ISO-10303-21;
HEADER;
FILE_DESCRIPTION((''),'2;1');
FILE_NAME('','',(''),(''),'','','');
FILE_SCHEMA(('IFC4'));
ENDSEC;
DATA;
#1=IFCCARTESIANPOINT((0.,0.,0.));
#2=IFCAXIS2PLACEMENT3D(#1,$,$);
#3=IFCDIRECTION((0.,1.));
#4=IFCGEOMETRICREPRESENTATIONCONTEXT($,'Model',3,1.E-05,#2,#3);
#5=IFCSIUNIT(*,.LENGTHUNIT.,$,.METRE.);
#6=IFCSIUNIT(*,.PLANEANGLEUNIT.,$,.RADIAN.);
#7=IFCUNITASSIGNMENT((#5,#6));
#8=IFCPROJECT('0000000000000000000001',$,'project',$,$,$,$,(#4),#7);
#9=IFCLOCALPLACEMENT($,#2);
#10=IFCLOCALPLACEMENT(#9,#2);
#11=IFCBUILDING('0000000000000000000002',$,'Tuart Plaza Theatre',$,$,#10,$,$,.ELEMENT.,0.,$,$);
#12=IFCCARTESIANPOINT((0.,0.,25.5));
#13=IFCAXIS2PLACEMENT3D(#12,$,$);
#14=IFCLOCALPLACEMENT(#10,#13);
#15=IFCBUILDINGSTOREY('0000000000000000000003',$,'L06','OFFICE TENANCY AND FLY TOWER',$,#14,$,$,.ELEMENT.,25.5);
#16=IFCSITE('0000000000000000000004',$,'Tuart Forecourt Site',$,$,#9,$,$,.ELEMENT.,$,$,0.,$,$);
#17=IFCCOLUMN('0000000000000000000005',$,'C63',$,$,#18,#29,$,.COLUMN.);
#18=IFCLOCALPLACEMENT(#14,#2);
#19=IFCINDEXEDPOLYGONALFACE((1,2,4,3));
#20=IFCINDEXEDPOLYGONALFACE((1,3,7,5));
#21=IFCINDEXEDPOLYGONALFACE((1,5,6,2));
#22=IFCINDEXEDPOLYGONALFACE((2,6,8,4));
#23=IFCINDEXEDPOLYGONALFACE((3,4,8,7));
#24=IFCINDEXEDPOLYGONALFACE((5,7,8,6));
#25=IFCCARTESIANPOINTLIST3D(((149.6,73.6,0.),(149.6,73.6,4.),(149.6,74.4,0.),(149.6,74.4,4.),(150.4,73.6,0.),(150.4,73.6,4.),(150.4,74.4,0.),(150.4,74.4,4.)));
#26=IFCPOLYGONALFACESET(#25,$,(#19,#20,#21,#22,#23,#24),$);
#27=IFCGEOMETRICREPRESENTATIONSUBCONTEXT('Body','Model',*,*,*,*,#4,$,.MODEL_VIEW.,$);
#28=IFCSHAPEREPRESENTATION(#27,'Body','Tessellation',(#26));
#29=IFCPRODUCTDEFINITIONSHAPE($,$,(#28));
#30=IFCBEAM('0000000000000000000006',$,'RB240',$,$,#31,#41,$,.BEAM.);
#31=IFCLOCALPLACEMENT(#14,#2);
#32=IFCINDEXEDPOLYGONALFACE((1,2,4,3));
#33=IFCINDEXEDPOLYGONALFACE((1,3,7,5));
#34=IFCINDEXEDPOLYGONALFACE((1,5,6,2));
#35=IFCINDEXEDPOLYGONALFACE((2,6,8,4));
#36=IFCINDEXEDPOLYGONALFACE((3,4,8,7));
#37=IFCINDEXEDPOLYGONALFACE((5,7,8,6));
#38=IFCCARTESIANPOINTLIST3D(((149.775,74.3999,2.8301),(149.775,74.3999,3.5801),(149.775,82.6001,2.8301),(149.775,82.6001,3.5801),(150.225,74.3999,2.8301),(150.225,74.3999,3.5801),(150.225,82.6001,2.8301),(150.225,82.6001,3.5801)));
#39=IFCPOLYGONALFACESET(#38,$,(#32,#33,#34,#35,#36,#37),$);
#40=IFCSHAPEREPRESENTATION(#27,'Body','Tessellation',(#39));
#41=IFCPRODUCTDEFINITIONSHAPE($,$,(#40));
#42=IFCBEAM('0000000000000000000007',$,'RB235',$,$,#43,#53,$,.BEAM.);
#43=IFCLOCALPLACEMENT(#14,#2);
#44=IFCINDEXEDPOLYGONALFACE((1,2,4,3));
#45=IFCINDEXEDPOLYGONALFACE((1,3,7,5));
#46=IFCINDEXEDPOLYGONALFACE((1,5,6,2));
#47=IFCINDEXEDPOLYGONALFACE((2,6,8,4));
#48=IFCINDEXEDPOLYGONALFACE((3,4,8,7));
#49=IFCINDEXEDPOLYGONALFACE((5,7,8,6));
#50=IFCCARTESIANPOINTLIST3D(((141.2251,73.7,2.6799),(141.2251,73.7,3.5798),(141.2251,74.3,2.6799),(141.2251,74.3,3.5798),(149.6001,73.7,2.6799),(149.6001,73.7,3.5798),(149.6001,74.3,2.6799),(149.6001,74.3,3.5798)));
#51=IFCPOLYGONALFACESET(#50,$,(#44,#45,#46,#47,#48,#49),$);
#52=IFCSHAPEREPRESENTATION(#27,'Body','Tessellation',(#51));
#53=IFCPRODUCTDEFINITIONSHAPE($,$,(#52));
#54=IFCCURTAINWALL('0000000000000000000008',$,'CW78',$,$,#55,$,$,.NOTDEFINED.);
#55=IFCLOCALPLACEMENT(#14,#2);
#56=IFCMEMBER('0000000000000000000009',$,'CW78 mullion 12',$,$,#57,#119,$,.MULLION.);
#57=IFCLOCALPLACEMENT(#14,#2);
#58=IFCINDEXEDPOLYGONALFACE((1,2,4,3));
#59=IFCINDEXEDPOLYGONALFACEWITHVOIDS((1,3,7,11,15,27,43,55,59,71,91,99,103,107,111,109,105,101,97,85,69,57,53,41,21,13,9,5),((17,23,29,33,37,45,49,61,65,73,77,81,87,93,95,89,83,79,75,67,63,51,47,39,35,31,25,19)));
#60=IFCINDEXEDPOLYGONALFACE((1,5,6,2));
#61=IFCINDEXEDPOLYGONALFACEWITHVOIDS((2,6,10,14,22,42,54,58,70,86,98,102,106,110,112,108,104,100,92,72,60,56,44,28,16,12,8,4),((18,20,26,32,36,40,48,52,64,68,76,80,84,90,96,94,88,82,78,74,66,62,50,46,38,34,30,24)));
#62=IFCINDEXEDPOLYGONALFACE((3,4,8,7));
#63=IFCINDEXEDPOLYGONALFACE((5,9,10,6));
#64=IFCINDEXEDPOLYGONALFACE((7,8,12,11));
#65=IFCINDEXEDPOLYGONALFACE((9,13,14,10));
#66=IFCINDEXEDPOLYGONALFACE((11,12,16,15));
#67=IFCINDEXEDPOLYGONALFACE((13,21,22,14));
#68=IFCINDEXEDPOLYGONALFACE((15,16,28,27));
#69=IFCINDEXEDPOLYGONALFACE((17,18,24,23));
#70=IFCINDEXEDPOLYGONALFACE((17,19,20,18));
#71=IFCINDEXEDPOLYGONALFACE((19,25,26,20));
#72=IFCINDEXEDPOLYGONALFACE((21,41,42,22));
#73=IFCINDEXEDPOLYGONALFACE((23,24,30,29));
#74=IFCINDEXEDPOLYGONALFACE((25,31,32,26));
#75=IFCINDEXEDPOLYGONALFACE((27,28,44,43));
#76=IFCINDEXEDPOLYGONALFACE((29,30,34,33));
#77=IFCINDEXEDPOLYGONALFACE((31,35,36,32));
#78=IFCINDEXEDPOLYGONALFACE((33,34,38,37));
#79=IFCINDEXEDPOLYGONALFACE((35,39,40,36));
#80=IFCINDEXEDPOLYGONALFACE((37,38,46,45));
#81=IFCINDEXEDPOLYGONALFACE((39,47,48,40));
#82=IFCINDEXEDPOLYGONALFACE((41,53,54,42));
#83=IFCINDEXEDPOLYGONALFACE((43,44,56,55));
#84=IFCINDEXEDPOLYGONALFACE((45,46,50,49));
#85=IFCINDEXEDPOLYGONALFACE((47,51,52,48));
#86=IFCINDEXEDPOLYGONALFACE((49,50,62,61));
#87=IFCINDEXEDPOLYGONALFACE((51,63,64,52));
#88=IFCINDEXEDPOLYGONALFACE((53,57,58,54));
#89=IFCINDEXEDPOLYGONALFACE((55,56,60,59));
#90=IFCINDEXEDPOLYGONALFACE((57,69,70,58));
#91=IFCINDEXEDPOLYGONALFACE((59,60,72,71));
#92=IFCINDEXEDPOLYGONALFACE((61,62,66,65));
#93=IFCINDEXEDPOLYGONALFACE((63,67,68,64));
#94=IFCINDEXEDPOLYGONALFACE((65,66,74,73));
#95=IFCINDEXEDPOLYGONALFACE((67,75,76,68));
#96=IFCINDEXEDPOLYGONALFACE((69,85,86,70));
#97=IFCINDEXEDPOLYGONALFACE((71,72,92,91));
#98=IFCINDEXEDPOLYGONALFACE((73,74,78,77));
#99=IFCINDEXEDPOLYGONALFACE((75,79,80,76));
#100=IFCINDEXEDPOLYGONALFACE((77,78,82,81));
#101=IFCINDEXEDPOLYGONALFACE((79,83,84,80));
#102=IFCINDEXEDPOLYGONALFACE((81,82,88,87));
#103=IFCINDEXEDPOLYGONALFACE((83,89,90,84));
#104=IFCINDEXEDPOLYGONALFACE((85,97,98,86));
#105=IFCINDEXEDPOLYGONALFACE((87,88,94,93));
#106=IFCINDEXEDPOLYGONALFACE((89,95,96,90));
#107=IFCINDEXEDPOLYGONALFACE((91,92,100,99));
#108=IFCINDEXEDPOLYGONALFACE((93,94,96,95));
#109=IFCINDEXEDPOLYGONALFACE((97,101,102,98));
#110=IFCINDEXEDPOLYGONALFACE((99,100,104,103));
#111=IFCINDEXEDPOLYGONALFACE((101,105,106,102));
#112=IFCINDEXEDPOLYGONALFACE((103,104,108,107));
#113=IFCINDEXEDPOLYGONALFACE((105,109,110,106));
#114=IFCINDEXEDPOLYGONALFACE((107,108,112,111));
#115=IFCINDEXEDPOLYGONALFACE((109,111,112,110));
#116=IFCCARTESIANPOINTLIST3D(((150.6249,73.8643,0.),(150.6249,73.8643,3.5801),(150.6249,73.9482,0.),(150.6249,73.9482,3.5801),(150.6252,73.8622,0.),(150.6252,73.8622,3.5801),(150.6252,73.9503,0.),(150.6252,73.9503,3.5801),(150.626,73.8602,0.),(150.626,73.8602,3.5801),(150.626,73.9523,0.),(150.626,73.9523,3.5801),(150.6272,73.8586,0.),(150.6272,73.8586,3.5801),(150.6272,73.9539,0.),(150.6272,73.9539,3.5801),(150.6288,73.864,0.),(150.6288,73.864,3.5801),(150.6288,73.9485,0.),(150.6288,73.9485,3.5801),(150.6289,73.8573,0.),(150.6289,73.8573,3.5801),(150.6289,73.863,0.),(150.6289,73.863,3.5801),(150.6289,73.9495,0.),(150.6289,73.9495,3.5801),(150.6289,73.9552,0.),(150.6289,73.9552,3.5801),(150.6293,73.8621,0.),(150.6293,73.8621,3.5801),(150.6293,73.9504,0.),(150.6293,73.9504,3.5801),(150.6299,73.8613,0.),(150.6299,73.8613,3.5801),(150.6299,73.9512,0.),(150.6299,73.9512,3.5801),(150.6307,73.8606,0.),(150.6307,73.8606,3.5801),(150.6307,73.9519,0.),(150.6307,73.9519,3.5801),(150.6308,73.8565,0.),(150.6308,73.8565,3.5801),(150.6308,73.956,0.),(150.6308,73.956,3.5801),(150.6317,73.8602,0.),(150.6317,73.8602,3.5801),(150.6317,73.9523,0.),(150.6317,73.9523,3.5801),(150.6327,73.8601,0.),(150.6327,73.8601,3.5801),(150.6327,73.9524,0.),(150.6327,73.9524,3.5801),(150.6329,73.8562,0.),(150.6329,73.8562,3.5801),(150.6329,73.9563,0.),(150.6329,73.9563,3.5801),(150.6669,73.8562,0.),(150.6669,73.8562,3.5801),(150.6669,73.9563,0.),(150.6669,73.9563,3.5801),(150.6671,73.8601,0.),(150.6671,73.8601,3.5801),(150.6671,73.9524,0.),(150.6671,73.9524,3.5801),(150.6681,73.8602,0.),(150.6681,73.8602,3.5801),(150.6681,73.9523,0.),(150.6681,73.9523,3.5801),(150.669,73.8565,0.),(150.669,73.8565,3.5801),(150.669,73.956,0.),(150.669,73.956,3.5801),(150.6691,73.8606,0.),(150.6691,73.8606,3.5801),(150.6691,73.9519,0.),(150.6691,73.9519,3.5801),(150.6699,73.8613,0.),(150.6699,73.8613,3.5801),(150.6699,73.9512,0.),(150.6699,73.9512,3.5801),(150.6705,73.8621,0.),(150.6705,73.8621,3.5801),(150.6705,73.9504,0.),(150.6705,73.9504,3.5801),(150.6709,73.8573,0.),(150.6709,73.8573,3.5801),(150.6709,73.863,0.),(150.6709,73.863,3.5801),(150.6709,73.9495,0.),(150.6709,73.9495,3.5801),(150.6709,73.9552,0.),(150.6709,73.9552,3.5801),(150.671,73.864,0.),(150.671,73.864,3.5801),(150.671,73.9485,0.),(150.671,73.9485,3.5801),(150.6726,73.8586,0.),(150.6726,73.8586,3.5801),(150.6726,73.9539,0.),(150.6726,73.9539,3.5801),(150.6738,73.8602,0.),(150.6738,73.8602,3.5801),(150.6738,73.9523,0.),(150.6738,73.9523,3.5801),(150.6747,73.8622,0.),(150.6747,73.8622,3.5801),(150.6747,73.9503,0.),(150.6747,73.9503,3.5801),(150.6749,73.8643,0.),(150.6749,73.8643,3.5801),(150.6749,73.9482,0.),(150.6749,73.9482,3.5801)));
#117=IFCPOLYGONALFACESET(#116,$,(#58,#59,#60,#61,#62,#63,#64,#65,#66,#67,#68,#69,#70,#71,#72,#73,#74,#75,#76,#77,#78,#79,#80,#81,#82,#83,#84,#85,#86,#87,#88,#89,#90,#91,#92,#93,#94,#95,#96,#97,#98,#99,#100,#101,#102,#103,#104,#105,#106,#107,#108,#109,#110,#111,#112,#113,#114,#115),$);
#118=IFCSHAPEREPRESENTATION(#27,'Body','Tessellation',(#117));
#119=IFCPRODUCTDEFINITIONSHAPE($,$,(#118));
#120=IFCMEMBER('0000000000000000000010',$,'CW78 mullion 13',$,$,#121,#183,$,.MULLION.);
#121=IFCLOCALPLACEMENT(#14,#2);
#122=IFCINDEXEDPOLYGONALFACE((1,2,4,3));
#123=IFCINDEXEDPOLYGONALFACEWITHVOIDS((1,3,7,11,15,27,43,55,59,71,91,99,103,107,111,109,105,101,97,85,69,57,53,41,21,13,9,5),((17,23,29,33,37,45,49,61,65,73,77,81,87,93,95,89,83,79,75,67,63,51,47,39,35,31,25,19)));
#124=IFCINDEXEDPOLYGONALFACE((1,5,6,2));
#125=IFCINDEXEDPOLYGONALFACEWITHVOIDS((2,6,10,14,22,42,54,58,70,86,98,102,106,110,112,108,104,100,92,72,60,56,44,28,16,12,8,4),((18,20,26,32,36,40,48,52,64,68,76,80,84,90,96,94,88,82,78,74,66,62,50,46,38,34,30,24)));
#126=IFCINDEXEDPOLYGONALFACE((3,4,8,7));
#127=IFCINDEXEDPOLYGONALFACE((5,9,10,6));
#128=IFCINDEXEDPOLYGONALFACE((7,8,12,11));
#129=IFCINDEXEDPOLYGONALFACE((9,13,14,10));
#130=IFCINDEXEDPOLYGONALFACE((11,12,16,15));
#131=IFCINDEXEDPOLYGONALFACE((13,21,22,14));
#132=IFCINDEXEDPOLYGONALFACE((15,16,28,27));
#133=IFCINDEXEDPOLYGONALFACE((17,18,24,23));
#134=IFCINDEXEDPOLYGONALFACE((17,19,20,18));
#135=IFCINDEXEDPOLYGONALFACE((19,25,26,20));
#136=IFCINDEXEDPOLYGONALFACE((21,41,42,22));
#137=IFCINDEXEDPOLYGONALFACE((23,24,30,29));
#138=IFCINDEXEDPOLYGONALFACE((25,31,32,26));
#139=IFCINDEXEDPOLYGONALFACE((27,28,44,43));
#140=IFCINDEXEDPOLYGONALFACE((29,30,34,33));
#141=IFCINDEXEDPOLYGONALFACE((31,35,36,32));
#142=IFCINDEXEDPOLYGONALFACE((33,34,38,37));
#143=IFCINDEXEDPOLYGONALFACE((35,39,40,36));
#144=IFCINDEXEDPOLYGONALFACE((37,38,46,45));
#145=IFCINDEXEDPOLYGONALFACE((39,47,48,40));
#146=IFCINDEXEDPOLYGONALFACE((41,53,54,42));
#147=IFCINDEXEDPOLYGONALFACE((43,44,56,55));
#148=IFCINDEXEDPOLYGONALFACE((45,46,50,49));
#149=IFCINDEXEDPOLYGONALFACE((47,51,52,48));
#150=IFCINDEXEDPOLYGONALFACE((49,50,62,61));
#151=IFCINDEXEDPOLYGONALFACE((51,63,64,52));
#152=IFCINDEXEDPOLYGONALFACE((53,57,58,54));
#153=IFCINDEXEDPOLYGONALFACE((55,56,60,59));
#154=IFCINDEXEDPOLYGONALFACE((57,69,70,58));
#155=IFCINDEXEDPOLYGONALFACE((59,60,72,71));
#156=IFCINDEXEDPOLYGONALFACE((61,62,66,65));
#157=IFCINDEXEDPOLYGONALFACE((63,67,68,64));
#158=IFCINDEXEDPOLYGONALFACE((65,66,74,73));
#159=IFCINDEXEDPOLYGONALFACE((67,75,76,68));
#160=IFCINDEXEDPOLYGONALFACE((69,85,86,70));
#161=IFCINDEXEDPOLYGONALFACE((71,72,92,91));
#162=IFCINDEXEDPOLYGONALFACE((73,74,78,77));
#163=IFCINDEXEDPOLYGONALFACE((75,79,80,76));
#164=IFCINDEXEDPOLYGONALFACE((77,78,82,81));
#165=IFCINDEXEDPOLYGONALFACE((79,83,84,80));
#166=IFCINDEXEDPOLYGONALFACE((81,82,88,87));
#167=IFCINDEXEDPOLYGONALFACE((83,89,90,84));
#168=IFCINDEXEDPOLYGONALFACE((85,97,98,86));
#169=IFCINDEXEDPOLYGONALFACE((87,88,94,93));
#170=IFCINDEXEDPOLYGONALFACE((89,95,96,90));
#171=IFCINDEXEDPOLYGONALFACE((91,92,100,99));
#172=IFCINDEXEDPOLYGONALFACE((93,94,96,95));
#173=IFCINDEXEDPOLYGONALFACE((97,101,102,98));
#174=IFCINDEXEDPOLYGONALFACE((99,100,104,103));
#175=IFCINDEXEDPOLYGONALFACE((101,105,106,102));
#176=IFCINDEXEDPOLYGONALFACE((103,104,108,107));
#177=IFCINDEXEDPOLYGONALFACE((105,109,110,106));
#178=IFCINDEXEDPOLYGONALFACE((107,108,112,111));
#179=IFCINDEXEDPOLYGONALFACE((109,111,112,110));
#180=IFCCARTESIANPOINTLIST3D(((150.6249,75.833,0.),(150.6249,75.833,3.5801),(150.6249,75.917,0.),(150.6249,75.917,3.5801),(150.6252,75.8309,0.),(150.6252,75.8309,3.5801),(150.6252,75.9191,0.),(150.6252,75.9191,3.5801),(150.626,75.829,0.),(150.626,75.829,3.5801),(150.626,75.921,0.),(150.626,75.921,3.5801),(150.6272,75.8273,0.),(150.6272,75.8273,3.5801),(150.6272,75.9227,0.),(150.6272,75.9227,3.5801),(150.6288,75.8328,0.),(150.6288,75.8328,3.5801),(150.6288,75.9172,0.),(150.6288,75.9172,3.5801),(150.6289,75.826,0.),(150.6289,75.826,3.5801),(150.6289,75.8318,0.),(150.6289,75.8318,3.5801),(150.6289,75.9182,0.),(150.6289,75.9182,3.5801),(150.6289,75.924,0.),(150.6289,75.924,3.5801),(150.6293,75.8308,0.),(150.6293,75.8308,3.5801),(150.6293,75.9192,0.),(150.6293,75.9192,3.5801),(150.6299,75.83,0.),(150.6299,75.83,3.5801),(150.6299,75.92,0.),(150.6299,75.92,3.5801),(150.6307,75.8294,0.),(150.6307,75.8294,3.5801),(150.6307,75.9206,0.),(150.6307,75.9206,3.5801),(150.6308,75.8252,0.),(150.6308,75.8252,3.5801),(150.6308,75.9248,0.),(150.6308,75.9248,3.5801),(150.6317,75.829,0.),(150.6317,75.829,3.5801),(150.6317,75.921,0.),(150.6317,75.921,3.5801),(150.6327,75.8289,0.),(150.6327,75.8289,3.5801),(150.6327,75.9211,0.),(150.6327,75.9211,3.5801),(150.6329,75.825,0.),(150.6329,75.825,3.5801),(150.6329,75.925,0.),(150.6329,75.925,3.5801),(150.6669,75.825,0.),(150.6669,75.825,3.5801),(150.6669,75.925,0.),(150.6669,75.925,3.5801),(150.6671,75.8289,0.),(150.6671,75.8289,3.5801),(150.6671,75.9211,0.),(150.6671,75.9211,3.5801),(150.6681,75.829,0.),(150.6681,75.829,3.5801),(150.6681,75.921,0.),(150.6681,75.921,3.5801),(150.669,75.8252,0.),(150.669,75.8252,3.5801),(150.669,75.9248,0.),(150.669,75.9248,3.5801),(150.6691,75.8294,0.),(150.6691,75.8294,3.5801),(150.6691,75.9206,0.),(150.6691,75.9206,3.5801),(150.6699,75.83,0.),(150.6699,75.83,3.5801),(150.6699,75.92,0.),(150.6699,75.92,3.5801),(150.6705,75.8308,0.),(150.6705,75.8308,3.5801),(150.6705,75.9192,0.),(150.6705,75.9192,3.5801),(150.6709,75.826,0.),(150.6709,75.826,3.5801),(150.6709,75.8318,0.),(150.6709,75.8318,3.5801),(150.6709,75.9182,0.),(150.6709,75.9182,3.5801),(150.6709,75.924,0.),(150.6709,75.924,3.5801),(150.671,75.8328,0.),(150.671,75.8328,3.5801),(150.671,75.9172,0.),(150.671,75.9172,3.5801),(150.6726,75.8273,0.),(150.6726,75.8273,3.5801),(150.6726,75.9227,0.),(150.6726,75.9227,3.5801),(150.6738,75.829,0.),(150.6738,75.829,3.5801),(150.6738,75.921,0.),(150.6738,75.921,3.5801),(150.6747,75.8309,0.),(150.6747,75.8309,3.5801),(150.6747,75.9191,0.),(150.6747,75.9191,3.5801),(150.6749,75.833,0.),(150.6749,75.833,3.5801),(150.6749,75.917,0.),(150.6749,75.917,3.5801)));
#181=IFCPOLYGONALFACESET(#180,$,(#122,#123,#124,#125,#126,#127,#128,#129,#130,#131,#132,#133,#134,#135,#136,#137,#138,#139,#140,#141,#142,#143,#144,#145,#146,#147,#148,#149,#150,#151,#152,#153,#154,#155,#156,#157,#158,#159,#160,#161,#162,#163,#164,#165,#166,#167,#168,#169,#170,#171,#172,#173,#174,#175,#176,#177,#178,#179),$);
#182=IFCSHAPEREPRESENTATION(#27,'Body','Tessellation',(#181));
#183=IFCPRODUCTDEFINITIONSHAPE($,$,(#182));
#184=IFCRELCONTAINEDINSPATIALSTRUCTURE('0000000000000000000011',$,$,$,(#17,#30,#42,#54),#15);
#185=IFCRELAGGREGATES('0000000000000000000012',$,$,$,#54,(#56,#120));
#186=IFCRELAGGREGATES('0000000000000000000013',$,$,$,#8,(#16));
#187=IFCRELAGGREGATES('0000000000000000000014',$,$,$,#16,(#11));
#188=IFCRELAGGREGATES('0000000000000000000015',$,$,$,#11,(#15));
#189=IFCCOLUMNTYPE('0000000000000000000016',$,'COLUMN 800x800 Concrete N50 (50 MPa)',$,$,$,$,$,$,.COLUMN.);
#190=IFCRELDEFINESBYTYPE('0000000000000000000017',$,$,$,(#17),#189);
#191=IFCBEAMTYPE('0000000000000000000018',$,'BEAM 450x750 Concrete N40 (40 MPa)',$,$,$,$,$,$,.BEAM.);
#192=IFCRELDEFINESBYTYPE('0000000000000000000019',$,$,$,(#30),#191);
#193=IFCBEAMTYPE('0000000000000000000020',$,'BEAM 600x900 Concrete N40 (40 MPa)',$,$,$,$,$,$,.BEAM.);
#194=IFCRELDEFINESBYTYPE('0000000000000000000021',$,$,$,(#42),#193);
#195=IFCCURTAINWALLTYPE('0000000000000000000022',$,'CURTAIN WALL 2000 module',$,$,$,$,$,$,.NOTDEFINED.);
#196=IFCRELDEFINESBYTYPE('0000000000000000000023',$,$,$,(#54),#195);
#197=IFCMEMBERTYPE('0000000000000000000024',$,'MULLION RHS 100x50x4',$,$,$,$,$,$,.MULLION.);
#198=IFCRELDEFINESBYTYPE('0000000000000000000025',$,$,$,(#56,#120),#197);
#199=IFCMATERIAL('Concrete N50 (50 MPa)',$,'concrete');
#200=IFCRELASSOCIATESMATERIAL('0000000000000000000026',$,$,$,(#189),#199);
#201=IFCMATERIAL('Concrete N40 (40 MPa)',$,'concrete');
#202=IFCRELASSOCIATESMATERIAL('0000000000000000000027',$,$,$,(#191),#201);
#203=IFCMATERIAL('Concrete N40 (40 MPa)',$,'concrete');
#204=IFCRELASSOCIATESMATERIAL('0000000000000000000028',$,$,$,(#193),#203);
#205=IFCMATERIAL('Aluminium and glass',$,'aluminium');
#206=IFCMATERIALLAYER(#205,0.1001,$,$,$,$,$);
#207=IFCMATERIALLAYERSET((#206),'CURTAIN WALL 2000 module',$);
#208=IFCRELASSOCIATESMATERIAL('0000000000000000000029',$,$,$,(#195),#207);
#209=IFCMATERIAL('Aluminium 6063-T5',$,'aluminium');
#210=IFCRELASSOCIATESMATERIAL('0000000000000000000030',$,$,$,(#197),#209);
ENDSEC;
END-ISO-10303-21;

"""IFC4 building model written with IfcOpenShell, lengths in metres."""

from ifc_helpers import new_model, si_unit, direction, frame, origin, origin_2d, place, context, subcontext, project, spatial, rectangle, hollow_rectangle, extrude, material, layer, layer_set, material_profile, profile_set, type_object, element, aggregate, save


model = new_model("IFC4")

# Units and contexts
model_context = context("Model", 3, precision=1e-05, world=origin(), true_north=direction((0.0, 1.0)))
body_context = subcontext(model_context, "Body", "Model", "MODEL_VIEW")
ifc_project = project(units=[si_unit("LENGTHUNIT", "METRE"), si_unit("PLANEANGLEUNIT", "RADIAN")], contexts=[model_context])

# Site, building, storey
site_placement = place(None, origin())
site = spatial("IfcSite", under=ifc_project, at=site_placement, Name="Tuart Forecourt Site", CompositionType="ELEMENT", RefElevation=0.0)
building_placement = place(site_placement, origin())
building = spatial("IfcBuilding", under=site, at=building_placement, Name="Tuart Plaza Theatre", CompositionType="ELEMENT", ElevationOfRefHeight=0.0)
storey_placement = place(building_placement, frame((0.0, 0.0, 25.5)))
storey = spatial("IfcBuildingStorey", under=building, at=storey_placement, Name="L06", Description="OFFICE TENANCY AND FLY TOWER", CompositionType="ELEMENT", Elevation=25.5)

# Column
ifc_material_1 = material(Name="Concrete N50 (50 MPa)", Category="concrete")
ifc_material_profile_1 = material_profile(ifc_material_1, rectangle(XDim=0.8, YDim=0.8, at=origin_2d()), Name="COLUMN 800x800 Concrete N50 (50 MPa)")
ifc_profile_set_1 = profile_set([ifc_material_profile_1], Name="Concrete N50 (50 MPa)")
column_type = type_object("IfcColumnType", Name="COLUMN 800x800 Concrete N50 (50 MPa)", PredefinedType="COLUMN", material=ifc_profile_set_1)
column_placement = place(storey_placement, frame((150.0, 74.0, 0.0), z_axis=(0.0, 0.0, 1.0), x_axis=(1.0, 0.0, 0.0)))
element("IfcColumn", 1, at=column_placement, inside=storey, type_object=column_type, Name="C63", PredefinedType="COLUMN", context=body_context, shape_type="SweptSolid", body=[
    extrude(rectangle(XDim=0.8, YDim=0.8, at=origin_2d()), origin(), (0.0, 0.0, 1.0), 4.0),
])

# Beams
ifc_material_2 = material(Name="Concrete N40 (40 MPa)", Category="concrete")
ifc_material_profile_2 = material_profile(ifc_material_2, rectangle(XDim=0.45, YDim=0.75, at=origin_2d()), Name="BEAM 450x750 Concrete N40 (40 MPa)")
ifc_profile_set_2 = profile_set([ifc_material_profile_2], Name="Concrete N40 (40 MPa)")
beam_type_1 = type_object("IfcBeamType", Name="BEAM 450x750 Concrete N40 (40 MPa)", PredefinedType="BEAM", material=ifc_profile_set_2)
beam_1_placement = place(storey_placement, frame((150.0, 74.3999, 3.2051), z_axis=(0.0, 1.0, 0.0), x_axis=(-1.0, 0.0, 0.0)))
element("IfcBeam", 2, at=beam_1_placement, inside=storey, type_object=beam_type_1, Name="RB240", PredefinedType="BEAM", context=body_context, shape_type="SweptSolid", body=[
    extrude(rectangle(XDim=0.45, YDim=0.75, at=origin_2d()), origin(), (0.0, 0.0, 1.0), 8.2002),
])
ifc_material_3 = material(Name="Concrete N40 (40 MPa)", Category="concrete")
ifc_material_profile_3 = material_profile(ifc_material_3, rectangle(XDim=0.6001, YDim=0.8999, at=origin_2d()), Name="BEAM 600x900 Concrete N40 (40 MPa)")
ifc_profile_set_3 = profile_set([ifc_material_profile_3], Name="Concrete N40 (40 MPa)")
beam_type_2 = type_object("IfcBeamType", Name="BEAM 600x900 Concrete N40 (40 MPa)", PredefinedType="BEAM", material=ifc_profile_set_3)
beam_2_placement = place(storey_placement, frame((141.2251, 74.0, 3.1299), z_axis=(1.0, 0.0, 0.0), x_axis=(0.0, 1.0, 0.0)))
element("IfcBeam", 3, at=beam_2_placement, inside=storey, type_object=beam_type_2, Name="RB235", PredefinedType="BEAM", context=body_context, shape_type="SweptSolid", body=[
    extrude(rectangle(XDim=0.6001, YDim=0.8999, at=origin_2d()), origin(), (0.0, 0.0, 1.0), 8.375),
])

# Curtain wall, members
ifc_material_4 = material(Name="Aluminium and glass", Category="aluminium")
ifc_layer_1 = layer(ifc_material_4, 0.1001)
ifc_layer_set_1 = layer_set([ifc_layer_1], Name="CURTAIN WALL 2000 module")
curtain_wall_type = type_object("IfcCurtainWallType", Name="CURTAIN WALL 2000 module", PredefinedType="NOTDEFINED", material=ifc_layer_set_1)
curtain_wall_placement = place(storey_placement, origin())
curtain_wall = element("IfcCurtainWall", 4, at=curtain_wall_placement, inside=storey, type_object=curtain_wall_type, Name="CW78", PredefinedType="NOTDEFINED")
ifc_material_5 = material(Name="Aluminium 6063-T5", Category="aluminium")
ifc_material_profile_4 = material_profile(ifc_material_5, hollow_rectangle(XDim=0.05, YDim=0.1001, WallThickness=0.0039, InnerFilletRadius=0.0039, OuterFilletRadius=0.0081, at=origin_2d()), Name="RHS 100x50x4")
ifc_profile_set_4 = profile_set([ifc_material_profile_4], Name="Aluminium 6063-T5")
member_type_1 = type_object("IfcMemberType", Name="MULLION RHS 100x50x4", PredefinedType="MULLION", material=ifc_profile_set_4)
member_1_placement = place(storey_placement, frame((150.6499, 73.9062, 0.0), z_axis=(0.0, 0.0, 1.0), x_axis=(-1.0, 0.0, 0.0)))
member_1 = element("IfcMember", 5, at=member_1_placement, type_object=member_type_1, Name="CW78 mullion 12", PredefinedType="MULLION", context=body_context, shape_type="SweptSolid", body=[
    extrude(hollow_rectangle(XDim=0.05, YDim=0.1001, WallThickness=0.0039, InnerFilletRadius=0.0039, OuterFilletRadius=0.0081, at=origin_2d()), origin(), (0.0, 0.0, 1.0), 3.5801),
])
member_2_placement = place(storey_placement, frame((150.6499, 75.875, 0.0), z_axis=(0.0, 0.0, 1.0), x_axis=(-1.0, 0.0, 0.0)))
member_2 = element("IfcMember", 6, at=member_2_placement, type_object=member_type_1, Name="CW78 mullion 13", PredefinedType="MULLION", context=body_context, shape_type="SweptSolid", body=[
    extrude(hollow_rectangle(XDim=0.05, YDim=0.1001, WallThickness=0.0039, InnerFilletRadius=0.0039, OuterFilletRadius=0.0081, at=origin_2d()), origin(), (0.0, 0.0, 1.0), 3.5801),
])
aggregate(curtain_wall, [member_1, member_2])

save(model, "model.ifc")
